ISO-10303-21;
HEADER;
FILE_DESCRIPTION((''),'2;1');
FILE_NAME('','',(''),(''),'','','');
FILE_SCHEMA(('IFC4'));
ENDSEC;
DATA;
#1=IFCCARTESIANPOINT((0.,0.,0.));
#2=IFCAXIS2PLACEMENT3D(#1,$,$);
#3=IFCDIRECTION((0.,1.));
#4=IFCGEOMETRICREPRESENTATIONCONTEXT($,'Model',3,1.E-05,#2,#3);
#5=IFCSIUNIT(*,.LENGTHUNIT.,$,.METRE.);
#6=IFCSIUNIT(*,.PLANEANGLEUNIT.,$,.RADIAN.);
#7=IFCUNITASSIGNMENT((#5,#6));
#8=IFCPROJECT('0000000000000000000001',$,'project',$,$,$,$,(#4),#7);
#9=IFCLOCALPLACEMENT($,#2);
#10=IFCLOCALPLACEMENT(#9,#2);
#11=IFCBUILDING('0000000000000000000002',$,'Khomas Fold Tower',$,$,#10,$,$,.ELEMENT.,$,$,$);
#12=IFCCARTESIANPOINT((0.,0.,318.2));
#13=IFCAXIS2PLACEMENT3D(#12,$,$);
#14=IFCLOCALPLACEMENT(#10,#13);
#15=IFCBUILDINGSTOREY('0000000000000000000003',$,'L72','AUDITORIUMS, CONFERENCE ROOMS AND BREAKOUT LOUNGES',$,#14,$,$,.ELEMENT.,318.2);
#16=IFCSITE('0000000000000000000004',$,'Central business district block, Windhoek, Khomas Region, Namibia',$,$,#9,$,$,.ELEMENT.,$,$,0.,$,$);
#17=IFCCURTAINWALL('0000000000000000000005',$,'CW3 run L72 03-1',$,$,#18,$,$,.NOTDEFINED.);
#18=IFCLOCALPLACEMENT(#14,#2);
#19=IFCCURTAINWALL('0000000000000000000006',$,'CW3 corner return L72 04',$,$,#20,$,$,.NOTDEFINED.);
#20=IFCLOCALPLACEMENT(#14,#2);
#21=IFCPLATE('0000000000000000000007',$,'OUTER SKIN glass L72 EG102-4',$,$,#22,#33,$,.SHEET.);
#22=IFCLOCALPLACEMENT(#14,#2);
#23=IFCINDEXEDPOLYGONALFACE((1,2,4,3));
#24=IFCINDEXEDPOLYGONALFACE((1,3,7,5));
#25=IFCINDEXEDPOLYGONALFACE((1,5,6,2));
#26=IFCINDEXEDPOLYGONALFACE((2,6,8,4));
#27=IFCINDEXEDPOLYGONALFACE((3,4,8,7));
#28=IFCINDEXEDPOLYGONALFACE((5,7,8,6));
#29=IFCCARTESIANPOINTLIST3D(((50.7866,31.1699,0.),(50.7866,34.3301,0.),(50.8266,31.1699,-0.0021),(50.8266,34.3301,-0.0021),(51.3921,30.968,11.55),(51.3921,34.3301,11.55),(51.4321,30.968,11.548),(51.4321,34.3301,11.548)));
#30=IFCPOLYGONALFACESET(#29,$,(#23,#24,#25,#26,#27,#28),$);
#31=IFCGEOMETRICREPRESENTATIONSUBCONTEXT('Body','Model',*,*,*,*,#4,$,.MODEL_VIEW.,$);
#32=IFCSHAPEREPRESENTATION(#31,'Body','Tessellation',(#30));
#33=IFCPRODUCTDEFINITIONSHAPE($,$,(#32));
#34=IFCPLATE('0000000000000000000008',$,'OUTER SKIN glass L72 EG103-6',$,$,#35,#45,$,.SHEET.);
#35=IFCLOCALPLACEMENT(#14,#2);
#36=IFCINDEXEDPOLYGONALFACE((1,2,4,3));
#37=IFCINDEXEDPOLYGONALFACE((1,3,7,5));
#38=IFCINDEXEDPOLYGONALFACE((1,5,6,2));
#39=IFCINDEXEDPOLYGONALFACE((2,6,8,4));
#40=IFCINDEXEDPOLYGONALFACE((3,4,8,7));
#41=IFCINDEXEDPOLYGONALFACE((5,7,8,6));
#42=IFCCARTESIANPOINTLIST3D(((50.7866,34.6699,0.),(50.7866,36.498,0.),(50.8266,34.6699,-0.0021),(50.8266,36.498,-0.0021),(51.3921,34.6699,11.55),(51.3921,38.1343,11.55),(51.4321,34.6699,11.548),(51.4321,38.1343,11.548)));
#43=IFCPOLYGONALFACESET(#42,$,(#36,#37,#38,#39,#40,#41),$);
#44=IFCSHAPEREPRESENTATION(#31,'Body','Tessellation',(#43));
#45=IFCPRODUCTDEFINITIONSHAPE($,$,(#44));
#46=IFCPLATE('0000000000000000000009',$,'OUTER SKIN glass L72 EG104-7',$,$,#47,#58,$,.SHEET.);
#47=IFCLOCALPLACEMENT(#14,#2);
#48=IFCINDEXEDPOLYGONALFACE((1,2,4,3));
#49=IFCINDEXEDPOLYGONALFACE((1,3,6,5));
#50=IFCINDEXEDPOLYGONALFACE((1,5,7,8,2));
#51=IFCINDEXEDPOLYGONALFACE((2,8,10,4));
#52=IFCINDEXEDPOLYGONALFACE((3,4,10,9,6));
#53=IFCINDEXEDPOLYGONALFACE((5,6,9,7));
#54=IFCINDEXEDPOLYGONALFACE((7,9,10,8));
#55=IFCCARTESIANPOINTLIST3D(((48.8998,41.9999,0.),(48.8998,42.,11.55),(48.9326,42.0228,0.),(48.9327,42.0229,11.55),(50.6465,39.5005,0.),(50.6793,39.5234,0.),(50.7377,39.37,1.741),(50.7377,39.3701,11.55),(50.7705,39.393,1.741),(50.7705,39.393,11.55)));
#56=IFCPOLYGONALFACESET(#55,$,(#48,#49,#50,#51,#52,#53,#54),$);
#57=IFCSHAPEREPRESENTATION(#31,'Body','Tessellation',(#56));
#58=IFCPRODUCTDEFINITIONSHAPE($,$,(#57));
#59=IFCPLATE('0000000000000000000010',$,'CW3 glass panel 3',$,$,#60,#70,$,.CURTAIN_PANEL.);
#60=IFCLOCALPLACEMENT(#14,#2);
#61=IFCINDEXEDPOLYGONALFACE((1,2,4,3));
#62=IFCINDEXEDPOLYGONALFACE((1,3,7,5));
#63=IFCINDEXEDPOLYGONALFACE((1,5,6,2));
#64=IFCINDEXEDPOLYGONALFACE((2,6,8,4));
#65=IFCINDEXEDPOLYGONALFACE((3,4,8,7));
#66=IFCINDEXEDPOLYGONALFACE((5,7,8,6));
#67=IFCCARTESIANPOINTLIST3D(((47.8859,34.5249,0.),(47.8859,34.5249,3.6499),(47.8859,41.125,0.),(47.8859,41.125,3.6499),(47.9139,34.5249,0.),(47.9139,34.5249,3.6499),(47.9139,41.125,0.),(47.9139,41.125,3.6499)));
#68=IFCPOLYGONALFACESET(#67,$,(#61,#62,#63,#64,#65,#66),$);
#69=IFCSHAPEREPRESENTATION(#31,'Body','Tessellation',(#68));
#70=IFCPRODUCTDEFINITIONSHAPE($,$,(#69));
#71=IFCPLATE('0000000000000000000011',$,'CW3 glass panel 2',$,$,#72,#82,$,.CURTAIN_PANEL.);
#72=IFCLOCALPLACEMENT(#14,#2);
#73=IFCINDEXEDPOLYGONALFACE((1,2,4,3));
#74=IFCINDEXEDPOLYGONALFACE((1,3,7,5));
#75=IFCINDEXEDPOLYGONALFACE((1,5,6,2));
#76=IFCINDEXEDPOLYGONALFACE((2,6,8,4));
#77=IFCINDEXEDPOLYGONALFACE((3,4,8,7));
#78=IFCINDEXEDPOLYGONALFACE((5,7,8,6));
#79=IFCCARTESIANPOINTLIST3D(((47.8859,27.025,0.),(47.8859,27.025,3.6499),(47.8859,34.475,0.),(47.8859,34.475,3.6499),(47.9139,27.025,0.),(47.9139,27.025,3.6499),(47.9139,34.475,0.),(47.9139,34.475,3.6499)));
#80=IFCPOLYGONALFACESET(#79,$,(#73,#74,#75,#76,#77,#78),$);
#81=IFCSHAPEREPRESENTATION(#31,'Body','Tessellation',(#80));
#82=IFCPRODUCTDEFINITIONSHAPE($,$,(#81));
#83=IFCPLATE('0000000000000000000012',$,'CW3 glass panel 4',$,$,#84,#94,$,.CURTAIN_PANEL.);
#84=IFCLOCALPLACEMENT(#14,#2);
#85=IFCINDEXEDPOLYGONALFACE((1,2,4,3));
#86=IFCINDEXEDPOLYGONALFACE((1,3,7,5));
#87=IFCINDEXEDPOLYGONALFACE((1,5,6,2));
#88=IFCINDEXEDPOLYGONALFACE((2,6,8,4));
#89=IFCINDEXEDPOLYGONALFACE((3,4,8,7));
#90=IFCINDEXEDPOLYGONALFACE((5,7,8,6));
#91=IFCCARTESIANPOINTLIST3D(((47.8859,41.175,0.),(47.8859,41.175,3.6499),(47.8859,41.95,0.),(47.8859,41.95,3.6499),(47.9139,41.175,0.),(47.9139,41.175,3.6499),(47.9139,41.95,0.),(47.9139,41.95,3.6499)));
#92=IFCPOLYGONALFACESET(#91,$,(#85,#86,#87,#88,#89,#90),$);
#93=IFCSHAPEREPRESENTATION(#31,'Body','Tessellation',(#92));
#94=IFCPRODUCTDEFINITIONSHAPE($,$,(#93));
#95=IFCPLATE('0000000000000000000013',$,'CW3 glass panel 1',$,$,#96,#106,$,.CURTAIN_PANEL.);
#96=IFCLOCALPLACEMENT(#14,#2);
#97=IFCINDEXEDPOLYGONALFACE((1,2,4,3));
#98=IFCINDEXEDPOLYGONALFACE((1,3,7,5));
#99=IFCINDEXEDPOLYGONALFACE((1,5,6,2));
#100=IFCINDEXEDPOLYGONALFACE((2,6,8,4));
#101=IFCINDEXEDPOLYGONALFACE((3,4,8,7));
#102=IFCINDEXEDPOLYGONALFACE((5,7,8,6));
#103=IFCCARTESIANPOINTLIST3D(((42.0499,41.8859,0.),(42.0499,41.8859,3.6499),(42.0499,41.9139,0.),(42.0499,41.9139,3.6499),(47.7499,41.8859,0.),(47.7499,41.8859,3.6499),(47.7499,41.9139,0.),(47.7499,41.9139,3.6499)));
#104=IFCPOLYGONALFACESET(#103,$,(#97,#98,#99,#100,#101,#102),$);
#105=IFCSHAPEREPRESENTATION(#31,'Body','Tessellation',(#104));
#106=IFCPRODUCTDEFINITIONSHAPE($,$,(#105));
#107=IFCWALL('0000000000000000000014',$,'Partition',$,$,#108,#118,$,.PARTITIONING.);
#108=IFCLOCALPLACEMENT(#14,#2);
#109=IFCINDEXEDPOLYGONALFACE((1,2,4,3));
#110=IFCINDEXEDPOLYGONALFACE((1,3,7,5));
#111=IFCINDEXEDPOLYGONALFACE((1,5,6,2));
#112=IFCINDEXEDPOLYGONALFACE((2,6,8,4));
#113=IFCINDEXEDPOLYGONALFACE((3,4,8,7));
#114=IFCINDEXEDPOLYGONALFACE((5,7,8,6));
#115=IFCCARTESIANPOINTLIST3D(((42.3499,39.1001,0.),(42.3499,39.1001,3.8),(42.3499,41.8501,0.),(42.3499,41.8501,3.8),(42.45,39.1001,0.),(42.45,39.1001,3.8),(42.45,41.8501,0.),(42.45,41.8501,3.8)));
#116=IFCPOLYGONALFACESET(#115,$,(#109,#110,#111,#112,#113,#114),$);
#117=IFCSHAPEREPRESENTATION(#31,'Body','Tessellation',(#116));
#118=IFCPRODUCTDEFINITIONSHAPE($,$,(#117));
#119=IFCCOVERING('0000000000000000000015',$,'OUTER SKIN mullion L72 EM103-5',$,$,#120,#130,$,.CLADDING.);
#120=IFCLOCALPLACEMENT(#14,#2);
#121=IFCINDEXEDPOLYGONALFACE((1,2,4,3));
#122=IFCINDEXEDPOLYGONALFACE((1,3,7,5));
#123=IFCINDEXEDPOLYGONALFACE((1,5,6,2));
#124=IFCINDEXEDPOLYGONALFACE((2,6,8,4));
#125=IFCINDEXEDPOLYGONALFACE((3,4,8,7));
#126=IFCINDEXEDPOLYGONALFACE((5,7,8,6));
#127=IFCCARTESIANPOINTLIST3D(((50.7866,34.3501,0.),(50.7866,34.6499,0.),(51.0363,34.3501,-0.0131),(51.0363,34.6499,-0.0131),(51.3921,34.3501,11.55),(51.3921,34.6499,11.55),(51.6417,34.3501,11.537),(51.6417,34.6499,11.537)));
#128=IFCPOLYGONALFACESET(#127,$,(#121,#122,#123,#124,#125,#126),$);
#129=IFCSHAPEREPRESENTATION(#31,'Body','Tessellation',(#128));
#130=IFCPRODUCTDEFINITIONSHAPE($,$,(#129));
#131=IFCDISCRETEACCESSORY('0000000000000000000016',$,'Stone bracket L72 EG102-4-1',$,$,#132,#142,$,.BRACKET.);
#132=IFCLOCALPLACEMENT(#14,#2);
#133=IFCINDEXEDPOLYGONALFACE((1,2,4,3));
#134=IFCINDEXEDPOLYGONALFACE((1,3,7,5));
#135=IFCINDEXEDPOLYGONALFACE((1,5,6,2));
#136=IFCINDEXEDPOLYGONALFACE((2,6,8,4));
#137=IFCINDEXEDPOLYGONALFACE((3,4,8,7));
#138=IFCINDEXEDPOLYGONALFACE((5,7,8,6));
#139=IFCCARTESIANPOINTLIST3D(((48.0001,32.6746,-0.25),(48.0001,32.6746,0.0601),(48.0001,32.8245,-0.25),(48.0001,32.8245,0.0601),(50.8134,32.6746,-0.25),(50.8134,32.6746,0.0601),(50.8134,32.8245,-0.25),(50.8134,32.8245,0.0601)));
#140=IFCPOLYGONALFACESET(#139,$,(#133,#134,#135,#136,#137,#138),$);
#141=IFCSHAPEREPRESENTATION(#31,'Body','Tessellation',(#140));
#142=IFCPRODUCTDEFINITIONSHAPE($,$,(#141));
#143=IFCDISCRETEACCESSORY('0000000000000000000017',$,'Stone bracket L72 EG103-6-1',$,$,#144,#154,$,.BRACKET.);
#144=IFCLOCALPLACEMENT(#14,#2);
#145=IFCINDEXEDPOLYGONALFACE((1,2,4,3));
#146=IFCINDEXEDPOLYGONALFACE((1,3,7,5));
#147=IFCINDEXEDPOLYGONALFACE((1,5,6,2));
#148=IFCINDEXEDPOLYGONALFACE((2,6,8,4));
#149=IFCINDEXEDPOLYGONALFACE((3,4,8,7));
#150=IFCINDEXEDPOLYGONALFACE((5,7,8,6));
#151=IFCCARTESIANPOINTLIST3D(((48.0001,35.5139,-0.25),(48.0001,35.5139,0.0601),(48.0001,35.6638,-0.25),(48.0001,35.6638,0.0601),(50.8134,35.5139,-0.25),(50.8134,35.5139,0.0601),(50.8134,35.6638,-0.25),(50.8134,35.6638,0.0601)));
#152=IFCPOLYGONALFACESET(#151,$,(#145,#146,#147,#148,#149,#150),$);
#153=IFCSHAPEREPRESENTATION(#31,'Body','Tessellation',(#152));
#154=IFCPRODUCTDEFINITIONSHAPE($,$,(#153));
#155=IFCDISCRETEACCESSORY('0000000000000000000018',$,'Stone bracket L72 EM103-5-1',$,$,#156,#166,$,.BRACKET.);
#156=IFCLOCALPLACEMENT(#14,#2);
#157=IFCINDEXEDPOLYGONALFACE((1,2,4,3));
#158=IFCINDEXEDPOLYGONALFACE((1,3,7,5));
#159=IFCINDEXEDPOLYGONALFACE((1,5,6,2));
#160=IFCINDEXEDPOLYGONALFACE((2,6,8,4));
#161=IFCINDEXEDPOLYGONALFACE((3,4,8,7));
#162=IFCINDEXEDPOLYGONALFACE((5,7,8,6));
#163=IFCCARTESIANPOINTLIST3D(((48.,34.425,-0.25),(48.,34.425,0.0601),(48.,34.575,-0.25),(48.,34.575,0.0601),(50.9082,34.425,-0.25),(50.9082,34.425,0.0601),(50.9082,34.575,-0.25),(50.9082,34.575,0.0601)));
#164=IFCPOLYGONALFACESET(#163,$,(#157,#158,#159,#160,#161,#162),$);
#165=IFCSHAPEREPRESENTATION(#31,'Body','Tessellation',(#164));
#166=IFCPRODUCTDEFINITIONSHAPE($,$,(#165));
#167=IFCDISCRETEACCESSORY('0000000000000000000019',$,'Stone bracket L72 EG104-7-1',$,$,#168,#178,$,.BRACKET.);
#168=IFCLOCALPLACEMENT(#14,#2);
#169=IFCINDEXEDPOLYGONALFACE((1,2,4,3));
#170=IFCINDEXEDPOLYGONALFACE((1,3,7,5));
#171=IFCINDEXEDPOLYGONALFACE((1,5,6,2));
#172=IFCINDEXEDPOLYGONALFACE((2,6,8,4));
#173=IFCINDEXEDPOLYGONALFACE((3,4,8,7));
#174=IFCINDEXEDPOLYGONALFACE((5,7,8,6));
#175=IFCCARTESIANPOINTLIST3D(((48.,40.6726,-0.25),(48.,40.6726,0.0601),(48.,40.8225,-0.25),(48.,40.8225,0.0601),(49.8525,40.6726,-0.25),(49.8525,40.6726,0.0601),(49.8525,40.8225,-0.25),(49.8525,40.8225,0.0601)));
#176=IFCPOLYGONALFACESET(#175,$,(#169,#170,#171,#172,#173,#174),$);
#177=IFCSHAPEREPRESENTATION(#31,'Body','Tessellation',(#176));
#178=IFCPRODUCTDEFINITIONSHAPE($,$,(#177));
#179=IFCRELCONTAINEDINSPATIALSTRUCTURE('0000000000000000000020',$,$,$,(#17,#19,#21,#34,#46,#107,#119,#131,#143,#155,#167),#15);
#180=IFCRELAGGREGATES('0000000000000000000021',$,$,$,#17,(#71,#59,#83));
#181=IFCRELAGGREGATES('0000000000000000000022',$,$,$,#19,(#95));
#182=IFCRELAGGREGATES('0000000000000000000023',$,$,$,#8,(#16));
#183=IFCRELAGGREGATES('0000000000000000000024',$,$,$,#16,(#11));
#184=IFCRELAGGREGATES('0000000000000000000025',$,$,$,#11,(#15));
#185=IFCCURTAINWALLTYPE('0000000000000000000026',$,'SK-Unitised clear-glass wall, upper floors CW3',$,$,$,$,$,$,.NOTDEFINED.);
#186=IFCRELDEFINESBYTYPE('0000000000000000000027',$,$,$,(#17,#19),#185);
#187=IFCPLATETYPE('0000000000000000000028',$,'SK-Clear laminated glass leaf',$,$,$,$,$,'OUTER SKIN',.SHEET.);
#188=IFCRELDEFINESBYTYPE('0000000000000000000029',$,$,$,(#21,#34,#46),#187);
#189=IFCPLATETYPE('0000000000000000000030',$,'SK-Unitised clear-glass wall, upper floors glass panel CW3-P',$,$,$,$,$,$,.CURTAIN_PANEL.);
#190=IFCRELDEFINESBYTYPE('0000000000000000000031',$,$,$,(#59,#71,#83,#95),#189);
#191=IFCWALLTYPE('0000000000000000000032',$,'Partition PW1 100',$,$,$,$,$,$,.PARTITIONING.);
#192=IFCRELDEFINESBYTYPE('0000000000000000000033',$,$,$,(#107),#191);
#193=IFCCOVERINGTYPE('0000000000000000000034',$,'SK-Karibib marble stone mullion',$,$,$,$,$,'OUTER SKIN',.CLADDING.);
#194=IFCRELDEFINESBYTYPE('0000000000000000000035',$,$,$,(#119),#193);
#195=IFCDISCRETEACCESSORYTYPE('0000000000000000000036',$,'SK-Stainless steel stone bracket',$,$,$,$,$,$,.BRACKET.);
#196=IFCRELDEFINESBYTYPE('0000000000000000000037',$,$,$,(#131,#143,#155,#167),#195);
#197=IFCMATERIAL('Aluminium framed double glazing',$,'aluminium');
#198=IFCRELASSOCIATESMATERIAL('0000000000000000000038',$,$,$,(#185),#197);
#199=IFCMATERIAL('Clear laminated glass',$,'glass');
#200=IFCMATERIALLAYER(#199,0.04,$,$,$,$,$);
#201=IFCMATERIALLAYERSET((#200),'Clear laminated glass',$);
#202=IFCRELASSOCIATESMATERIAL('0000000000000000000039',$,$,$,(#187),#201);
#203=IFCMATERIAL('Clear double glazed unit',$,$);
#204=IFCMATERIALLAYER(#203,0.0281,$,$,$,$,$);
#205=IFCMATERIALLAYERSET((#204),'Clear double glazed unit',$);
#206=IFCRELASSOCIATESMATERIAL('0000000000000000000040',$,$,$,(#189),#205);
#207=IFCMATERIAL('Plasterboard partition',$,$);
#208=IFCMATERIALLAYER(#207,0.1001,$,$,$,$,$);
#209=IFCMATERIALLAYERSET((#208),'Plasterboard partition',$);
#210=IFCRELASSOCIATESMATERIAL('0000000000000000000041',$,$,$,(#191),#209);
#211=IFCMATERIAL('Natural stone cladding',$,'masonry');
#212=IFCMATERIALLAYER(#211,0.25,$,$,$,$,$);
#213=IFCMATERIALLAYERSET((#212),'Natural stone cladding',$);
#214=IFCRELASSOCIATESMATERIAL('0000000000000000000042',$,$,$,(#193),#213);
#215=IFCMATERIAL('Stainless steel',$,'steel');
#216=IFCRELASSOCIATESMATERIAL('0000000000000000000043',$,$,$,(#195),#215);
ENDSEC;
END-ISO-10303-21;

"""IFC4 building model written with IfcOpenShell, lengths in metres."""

from ifc_helpers import new_model, si_unit, direction, frame, frame_2d, origin, origin_2d, place, context, subcontext, project, spatial, polyline, rectangle, outline, extrude, source, transform, mapped, material, layer, layer_set, type_object, element, aggregate, save


model = new_model("IFC4")

# Units and contexts
model_context = context("Model", 3, precision=1e-05, world=origin(), true_north=direction((0.0, 1.0)))
body_context = subcontext(model_context, "Body", "Model", "MODEL_VIEW")
ifc_project = project(units=[si_unit("LENGTHUNIT", "METRE"), si_unit("PLANEANGLEUNIT", "RADIAN")], contexts=[model_context])

# Site, building, storey
site_placement = place(None, origin())
site = spatial("IfcSite", under=ifc_project, at=site_placement, Name="Central business district block, Windhoek, Khomas Region, Namibia", CompositionType="ELEMENT", RefElevation=0.0)
building_placement = place(site_placement, origin())
building = spatial("IfcBuilding", under=site, at=building_placement, Name="Khomas Fold Tower", CompositionType="ELEMENT")
storey_placement = place(building_placement, frame((0.0, 0.0, 318.2)))
storey = spatial("IfcBuildingStorey", under=building, at=storey_placement, Name="L72", Description="AUDITORIUMS, CONFERENCE ROOMS AND BREAKOUT LOUNGES", CompositionType="ELEMENT", Elevation=318.2)

# Curtain wall
ifc_material_1 = material(Name="Aluminium framed double glazing", Category="aluminium")
curtain_wall_type = type_object("IfcCurtainWallType", Name="SK-Unitised clear-glass wall, upper floors CW3", PredefinedType="NOTDEFINED", material=ifc_material_1)
curtain_wall_1_placement = place(storey_placement, origin())
curtain_wall_1 = element("IfcCurtainWall", 1, at=curtain_wall_1_placement, inside=storey, type_object=curtain_wall_type, Name="CW3 run L72 03-1", PredefinedType="NOTDEFINED")

# Curtain wall
curtain_wall_2_placement = place(storey_placement, origin())
curtain_wall_2 = element("IfcCurtainWall", 2, at=curtain_wall_2_placement, inside=storey, type_object=curtain_wall_type, Name="CW3 corner return L72 04", PredefinedType="NOTDEFINED")

# Plates
ifc_material_2 = material(Name="Clear laminated glass", Category="glass")
ifc_layer_1 = layer(ifc_material_2, 0.04)
ifc_layer_set_1 = layer_set([ifc_layer_1], Name="Clear laminated glass")
plate_type_1 = type_object("IfcPlateType", Name="SK-Clear laminated glass leaf", ElementType="OUTER SKIN", PredefinedType="SHEET", material=ifc_layer_set_1)
plate_1_placement = place(storey_placement, frame((51.3921, 30.968, 11.55), z_axis=(-0.998629, 0.0, 0.052349), x_axis=(0.0, 1.0, 0.0)))
element("IfcPlate", 3, at=plate_1_placement, inside=storey, type_object=plate_type_1, Name="OUTER SKIN glass L72 EG102-4", PredefinedType="SHEET", context=body_context, shape_type="SweptSolid", body=[
    extrude(outline(polyline([(0.0, 0.0), (3.3621, 0.0), (3.3621, 11.5659), (0.2019, 11.5659), (0.0, 0.0)])), origin(), (0.0, 0.0, -1.0), 0.04),
])
plate_2_placement = place(storey_placement, frame((51.3921, 38.1343, 11.55), z_axis=(-0.998629, 0.0, 0.052349), x_axis=(-0.051833, -0.140075, -0.988783)))
element("IfcPlate", 4, at=plate_2_placement, inside=storey, type_object=plate_type_1, Name="OUTER SKIN glass L72 EG103-6", PredefinedType="SHEET", context=body_context, shape_type="SweptSolid", body=[
    extrude(outline(polyline([(0.0, 0.0), (11.6811, 0.0), (11.9371, 1.8101), (0.4853, 3.4302), (0.0, 0.0)])), origin(), (0.0, 0.0, -1.0), 0.04),
])
plate_3_placement = place(storey_placement, frame((50.6465, 39.5005, 0.0), z_axis=(-0.819677, -0.572826, 0.000007), x_axis=(0.052158, -0.074623, 0.995847)))
element("IfcPlate", 5, at=plate_3_placement, inside=storey, type_object=plate_type_1, Name="OUTER SKIN glass L72 EG104-7", PredefinedType="SHEET", context=body_context, shape_type="SweptSolid", body=[
    extrude(outline(polyline([(0.0, 0.0), (1.7482, 0.0), (11.5166, 0.8931), (11.2245, 4.0882), (-0.2776, 3.0366), (0.0, 0.0)])), origin(), (0.0, 0.0, -1.0), 0.04),
])

# Plates
ifc_material_3 = material(Name="Clear double glazed unit")
ifc_layer_2 = layer(ifc_material_3, 0.0281)
ifc_layer_set_2 = layer_set([ifc_layer_2], Name="Clear double glazed unit")
plate_type_2 = type_object("IfcPlateType", Name="SK-Unitised clear-glass wall, upper floors glass panel CW3-P", PredefinedType="CURTAIN_PANEL", material=ifc_layer_set_2)
shared_shape_1 = source(origin(), body_context, "Body", "SweptSolid", [
    extrude(rectangle(XDim=6.6001, YDim=0.0281, at=origin_2d()), origin(), (0.0, 0.0, 1.0), 3.6499),
])
plate_4_placement = place(storey_placement, frame((47.8999, 37.825, 0.0), z_axis=(0.0, 0.0, 1.0), x_axis=(0.0, 1.0, 0.0)))
plate_4 = element("IfcPlate", 6, at=plate_4_placement, type_object=plate_type_2, Name="CW3 glass panel 3", PredefinedType="CURTAIN_PANEL", context=body_context, shape_type="MappedRepresentation", body=[
    mapped(shared_shape_1, transform((0.0, 0.0, 0.0))),
])
shared_shape_2 = source(origin(), body_context, "Body", "SweptSolid", [
    extrude(rectangle(XDim=7.45, YDim=0.0281, at=origin_2d()), origin(), (0.0, 0.0, 1.0), 3.6499),
])
plate_5_placement = place(storey_placement, frame((47.8999, 30.75, 0.0), z_axis=(0.0, 0.0, 1.0), x_axis=(0.0, 1.0, 0.0)))
plate_5 = element("IfcPlate", 7, at=plate_5_placement, type_object=plate_type_2, Name="CW3 glass panel 2", PredefinedType="CURTAIN_PANEL", context=body_context, shape_type="MappedRepresentation", body=[
    mapped(shared_shape_2, transform((0.0, 0.0, 0.0))),
])
shared_shape_3 = source(origin(), body_context, "Body", "SweptSolid", [
    extrude(rectangle(XDim=0.7749, YDim=0.0281, at=origin_2d()), origin(), (0.0, 0.0, 1.0), 3.6499),
])
plate_6_placement = place(storey_placement, frame((47.8999, 41.5625, 0.0), z_axis=(0.0, 0.0, 1.0), x_axis=(0.0, 1.0, 0.0)))
plate_6 = element("IfcPlate", 8, at=plate_6_placement, type_object=plate_type_2, Name="CW3 glass panel 4", PredefinedType="CURTAIN_PANEL", context=body_context, shape_type="MappedRepresentation", body=[
    mapped(shared_shape_3, transform((0.0, 0.0, 0.0))),
])
aggregate(curtain_wall_1, [plate_5, plate_4, plate_6])
shared_shape_4 = source(origin(), body_context, "Body", "SweptSolid", [
    extrude(rectangle(XDim=5.7, YDim=0.0281, at=origin_2d()), origin(), (0.0, 0.0, 1.0), 3.6499),
])
plate_7_placement = place(storey_placement, frame((44.8999, 41.8999, 0.0), z_axis=(0.0, 0.0, 1.0), x_axis=(-1.0, 0.0, 0.0)))
plate_7 = element("IfcPlate", 9, at=plate_7_placement, type_object=plate_type_2, Name="CW3 glass panel 1", PredefinedType="CURTAIN_PANEL", context=body_context, shape_type="MappedRepresentation", body=[
    mapped(shared_shape_4, transform((0.0, 0.0, 0.0))),
])
aggregate(curtain_wall_2, [plate_7])

# Wall
ifc_material_4 = material(Name="Plasterboard partition")
ifc_layer_3 = layer(ifc_material_4, 0.1001)
ifc_layer_set_3 = layer_set([ifc_layer_3], Name="Plasterboard partition")
wall_type = type_object("IfcWallType", Name="Partition PW1 100", PredefinedType="PARTITIONING", material=ifc_layer_set_3)
shared_shape_5 = source(origin(), body_context, "Body", "SweptSolid", [
    extrude(rectangle(XDim=2.75, YDim=0.1001, at=frame_2d((1.375, 0.0))), origin(), (0.0, 0.0, 1.0), 3.8),
])
wall_placement = place(storey_placement, frame((42.3999, 39.1001, 0.0), z_axis=(0.0, 0.0, 1.0), x_axis=(0.0, 1.0, 0.0)))
element("IfcWall", 10, at=wall_placement, inside=storey, type_object=wall_type, Name="Partition", PredefinedType="PARTITIONING", context=body_context, shape_type="MappedRepresentation", body=[
    mapped(shared_shape_5, transform((0.0, 0.0, 0.0))),
])

# Covering
ifc_material_5 = material(Name="Natural stone cladding", Category="masonry")
ifc_layer_4 = layer(ifc_material_5, 0.25)
ifc_layer_set_4 = layer_set([ifc_layer_4], Name="Natural stone cladding")
covering_type = type_object("IfcCoveringType", Name="SK-Karibib marble stone mullion", ElementType="OUTER SKIN", PredefinedType="CLADDING", material=ifc_layer_set_4)
covering_placement = place(storey_placement, frame((51.3921, 34.6499, 11.55), z_axis=(-0.998629, 0.0, 0.052349), x_axis=(-0.052349, 0.0, -0.998629)))
element("IfcCovering", 11, at=covering_placement, inside=storey, type_object=covering_type, Name="OUTER SKIN mullion L72 EM103-5", PredefinedType="CLADDING", context=body_context, shape_type="SweptSolid", body=[
    extrude(outline(polyline([(0.0, 0.0), (11.5659, 0.0), (11.5659, 0.2998), (0.0, 0.2998), (0.0, 0.0)])), origin(), (0.0, 0.0, -1.0), 0.25),
])

# Discrete accessories
ifc_material_6 = material(Name="Stainless steel", Category="steel")
discrete_accessory_type = type_object("IfcDiscreteAccessoryType", Name="SK-Stainless steel stone bracket", PredefinedType="BRACKET", material=ifc_material_6)
shared_shape_6 = source(origin(), body_context, "Body", "SweptSolid", [
    extrude(rectangle(XDim=2.8132, YDim=0.1499, at=origin_2d()), origin(), (0.0, 0.0, 1.0), 0.3101),
])
for number, where, z_axis, x_axis, name in (
    (12, (49.4067, 32.7495, -0.25), (0.0, 0.0, 1.0), (1.0, 0.0, 0.0), "Stone bracket L72 EG102-4-1"),
    (13, (49.4067, 35.5889, -0.25), (0.0, 0.0, 1.0), (1.0, 0.0, 0.0), "Stone bracket L72 EG103-6-1"),
):
    element("IfcDiscreteAccessory", number, at=place(storey_placement, frame(where, z_axis=z_axis, x_axis=x_axis)), inside=storey, type_object=discrete_accessory_type, Name=name, PredefinedType="BRACKET", context=body_context, shape_type="MappedRepresentation", body=[
        mapped(shared_shape_6, transform((0.0, 0.0, 0.0))),
    ])
shared_shape_7 = source(origin(), body_context, "Body", "SweptSolid", [
    extrude(rectangle(XDim=2.9082, YDim=0.1499, at=origin_2d()), origin(), (0.0, 0.0, 1.0), 0.3101),
])
discrete_accessory_1_placement = place(storey_placement, frame((49.4541, 34.5, -0.25), z_axis=(0.0, 0.0, 1.0), x_axis=(1.0, 0.0, 0.0)))
element("IfcDiscreteAccessory", 14, at=discrete_accessory_1_placement, inside=storey, type_object=discrete_accessory_type, Name="Stone bracket L72 EM103-5-1", PredefinedType="BRACKET", context=body_context, shape_type="MappedRepresentation", body=[
    mapped(shared_shape_7, transform((0.0, 0.0, 0.0))),
])
shared_shape_8 = source(origin(), body_context, "Body", "SweptSolid", [
    extrude(rectangle(XDim=1.8525, YDim=0.1499, at=origin_2d()), origin(), (0.0, 0.0, 1.0), 0.3101),
])
discrete_accessory_2_placement = place(storey_placement, frame((48.9263, 40.7476, -0.25), z_axis=(0.0, 0.0, 1.0), x_axis=(1.0, 0.0, 0.0)))
element("IfcDiscreteAccessory", 15, at=discrete_accessory_2_placement, inside=storey, type_object=discrete_accessory_type, Name="Stone bracket L72 EG104-7-1", PredefinedType="BRACKET", context=body_context, shape_type="MappedRepresentation", body=[
    mapped(shared_shape_8, transform((0.0, 0.0, 0.0))),
])

save(model, "model.ifc")
